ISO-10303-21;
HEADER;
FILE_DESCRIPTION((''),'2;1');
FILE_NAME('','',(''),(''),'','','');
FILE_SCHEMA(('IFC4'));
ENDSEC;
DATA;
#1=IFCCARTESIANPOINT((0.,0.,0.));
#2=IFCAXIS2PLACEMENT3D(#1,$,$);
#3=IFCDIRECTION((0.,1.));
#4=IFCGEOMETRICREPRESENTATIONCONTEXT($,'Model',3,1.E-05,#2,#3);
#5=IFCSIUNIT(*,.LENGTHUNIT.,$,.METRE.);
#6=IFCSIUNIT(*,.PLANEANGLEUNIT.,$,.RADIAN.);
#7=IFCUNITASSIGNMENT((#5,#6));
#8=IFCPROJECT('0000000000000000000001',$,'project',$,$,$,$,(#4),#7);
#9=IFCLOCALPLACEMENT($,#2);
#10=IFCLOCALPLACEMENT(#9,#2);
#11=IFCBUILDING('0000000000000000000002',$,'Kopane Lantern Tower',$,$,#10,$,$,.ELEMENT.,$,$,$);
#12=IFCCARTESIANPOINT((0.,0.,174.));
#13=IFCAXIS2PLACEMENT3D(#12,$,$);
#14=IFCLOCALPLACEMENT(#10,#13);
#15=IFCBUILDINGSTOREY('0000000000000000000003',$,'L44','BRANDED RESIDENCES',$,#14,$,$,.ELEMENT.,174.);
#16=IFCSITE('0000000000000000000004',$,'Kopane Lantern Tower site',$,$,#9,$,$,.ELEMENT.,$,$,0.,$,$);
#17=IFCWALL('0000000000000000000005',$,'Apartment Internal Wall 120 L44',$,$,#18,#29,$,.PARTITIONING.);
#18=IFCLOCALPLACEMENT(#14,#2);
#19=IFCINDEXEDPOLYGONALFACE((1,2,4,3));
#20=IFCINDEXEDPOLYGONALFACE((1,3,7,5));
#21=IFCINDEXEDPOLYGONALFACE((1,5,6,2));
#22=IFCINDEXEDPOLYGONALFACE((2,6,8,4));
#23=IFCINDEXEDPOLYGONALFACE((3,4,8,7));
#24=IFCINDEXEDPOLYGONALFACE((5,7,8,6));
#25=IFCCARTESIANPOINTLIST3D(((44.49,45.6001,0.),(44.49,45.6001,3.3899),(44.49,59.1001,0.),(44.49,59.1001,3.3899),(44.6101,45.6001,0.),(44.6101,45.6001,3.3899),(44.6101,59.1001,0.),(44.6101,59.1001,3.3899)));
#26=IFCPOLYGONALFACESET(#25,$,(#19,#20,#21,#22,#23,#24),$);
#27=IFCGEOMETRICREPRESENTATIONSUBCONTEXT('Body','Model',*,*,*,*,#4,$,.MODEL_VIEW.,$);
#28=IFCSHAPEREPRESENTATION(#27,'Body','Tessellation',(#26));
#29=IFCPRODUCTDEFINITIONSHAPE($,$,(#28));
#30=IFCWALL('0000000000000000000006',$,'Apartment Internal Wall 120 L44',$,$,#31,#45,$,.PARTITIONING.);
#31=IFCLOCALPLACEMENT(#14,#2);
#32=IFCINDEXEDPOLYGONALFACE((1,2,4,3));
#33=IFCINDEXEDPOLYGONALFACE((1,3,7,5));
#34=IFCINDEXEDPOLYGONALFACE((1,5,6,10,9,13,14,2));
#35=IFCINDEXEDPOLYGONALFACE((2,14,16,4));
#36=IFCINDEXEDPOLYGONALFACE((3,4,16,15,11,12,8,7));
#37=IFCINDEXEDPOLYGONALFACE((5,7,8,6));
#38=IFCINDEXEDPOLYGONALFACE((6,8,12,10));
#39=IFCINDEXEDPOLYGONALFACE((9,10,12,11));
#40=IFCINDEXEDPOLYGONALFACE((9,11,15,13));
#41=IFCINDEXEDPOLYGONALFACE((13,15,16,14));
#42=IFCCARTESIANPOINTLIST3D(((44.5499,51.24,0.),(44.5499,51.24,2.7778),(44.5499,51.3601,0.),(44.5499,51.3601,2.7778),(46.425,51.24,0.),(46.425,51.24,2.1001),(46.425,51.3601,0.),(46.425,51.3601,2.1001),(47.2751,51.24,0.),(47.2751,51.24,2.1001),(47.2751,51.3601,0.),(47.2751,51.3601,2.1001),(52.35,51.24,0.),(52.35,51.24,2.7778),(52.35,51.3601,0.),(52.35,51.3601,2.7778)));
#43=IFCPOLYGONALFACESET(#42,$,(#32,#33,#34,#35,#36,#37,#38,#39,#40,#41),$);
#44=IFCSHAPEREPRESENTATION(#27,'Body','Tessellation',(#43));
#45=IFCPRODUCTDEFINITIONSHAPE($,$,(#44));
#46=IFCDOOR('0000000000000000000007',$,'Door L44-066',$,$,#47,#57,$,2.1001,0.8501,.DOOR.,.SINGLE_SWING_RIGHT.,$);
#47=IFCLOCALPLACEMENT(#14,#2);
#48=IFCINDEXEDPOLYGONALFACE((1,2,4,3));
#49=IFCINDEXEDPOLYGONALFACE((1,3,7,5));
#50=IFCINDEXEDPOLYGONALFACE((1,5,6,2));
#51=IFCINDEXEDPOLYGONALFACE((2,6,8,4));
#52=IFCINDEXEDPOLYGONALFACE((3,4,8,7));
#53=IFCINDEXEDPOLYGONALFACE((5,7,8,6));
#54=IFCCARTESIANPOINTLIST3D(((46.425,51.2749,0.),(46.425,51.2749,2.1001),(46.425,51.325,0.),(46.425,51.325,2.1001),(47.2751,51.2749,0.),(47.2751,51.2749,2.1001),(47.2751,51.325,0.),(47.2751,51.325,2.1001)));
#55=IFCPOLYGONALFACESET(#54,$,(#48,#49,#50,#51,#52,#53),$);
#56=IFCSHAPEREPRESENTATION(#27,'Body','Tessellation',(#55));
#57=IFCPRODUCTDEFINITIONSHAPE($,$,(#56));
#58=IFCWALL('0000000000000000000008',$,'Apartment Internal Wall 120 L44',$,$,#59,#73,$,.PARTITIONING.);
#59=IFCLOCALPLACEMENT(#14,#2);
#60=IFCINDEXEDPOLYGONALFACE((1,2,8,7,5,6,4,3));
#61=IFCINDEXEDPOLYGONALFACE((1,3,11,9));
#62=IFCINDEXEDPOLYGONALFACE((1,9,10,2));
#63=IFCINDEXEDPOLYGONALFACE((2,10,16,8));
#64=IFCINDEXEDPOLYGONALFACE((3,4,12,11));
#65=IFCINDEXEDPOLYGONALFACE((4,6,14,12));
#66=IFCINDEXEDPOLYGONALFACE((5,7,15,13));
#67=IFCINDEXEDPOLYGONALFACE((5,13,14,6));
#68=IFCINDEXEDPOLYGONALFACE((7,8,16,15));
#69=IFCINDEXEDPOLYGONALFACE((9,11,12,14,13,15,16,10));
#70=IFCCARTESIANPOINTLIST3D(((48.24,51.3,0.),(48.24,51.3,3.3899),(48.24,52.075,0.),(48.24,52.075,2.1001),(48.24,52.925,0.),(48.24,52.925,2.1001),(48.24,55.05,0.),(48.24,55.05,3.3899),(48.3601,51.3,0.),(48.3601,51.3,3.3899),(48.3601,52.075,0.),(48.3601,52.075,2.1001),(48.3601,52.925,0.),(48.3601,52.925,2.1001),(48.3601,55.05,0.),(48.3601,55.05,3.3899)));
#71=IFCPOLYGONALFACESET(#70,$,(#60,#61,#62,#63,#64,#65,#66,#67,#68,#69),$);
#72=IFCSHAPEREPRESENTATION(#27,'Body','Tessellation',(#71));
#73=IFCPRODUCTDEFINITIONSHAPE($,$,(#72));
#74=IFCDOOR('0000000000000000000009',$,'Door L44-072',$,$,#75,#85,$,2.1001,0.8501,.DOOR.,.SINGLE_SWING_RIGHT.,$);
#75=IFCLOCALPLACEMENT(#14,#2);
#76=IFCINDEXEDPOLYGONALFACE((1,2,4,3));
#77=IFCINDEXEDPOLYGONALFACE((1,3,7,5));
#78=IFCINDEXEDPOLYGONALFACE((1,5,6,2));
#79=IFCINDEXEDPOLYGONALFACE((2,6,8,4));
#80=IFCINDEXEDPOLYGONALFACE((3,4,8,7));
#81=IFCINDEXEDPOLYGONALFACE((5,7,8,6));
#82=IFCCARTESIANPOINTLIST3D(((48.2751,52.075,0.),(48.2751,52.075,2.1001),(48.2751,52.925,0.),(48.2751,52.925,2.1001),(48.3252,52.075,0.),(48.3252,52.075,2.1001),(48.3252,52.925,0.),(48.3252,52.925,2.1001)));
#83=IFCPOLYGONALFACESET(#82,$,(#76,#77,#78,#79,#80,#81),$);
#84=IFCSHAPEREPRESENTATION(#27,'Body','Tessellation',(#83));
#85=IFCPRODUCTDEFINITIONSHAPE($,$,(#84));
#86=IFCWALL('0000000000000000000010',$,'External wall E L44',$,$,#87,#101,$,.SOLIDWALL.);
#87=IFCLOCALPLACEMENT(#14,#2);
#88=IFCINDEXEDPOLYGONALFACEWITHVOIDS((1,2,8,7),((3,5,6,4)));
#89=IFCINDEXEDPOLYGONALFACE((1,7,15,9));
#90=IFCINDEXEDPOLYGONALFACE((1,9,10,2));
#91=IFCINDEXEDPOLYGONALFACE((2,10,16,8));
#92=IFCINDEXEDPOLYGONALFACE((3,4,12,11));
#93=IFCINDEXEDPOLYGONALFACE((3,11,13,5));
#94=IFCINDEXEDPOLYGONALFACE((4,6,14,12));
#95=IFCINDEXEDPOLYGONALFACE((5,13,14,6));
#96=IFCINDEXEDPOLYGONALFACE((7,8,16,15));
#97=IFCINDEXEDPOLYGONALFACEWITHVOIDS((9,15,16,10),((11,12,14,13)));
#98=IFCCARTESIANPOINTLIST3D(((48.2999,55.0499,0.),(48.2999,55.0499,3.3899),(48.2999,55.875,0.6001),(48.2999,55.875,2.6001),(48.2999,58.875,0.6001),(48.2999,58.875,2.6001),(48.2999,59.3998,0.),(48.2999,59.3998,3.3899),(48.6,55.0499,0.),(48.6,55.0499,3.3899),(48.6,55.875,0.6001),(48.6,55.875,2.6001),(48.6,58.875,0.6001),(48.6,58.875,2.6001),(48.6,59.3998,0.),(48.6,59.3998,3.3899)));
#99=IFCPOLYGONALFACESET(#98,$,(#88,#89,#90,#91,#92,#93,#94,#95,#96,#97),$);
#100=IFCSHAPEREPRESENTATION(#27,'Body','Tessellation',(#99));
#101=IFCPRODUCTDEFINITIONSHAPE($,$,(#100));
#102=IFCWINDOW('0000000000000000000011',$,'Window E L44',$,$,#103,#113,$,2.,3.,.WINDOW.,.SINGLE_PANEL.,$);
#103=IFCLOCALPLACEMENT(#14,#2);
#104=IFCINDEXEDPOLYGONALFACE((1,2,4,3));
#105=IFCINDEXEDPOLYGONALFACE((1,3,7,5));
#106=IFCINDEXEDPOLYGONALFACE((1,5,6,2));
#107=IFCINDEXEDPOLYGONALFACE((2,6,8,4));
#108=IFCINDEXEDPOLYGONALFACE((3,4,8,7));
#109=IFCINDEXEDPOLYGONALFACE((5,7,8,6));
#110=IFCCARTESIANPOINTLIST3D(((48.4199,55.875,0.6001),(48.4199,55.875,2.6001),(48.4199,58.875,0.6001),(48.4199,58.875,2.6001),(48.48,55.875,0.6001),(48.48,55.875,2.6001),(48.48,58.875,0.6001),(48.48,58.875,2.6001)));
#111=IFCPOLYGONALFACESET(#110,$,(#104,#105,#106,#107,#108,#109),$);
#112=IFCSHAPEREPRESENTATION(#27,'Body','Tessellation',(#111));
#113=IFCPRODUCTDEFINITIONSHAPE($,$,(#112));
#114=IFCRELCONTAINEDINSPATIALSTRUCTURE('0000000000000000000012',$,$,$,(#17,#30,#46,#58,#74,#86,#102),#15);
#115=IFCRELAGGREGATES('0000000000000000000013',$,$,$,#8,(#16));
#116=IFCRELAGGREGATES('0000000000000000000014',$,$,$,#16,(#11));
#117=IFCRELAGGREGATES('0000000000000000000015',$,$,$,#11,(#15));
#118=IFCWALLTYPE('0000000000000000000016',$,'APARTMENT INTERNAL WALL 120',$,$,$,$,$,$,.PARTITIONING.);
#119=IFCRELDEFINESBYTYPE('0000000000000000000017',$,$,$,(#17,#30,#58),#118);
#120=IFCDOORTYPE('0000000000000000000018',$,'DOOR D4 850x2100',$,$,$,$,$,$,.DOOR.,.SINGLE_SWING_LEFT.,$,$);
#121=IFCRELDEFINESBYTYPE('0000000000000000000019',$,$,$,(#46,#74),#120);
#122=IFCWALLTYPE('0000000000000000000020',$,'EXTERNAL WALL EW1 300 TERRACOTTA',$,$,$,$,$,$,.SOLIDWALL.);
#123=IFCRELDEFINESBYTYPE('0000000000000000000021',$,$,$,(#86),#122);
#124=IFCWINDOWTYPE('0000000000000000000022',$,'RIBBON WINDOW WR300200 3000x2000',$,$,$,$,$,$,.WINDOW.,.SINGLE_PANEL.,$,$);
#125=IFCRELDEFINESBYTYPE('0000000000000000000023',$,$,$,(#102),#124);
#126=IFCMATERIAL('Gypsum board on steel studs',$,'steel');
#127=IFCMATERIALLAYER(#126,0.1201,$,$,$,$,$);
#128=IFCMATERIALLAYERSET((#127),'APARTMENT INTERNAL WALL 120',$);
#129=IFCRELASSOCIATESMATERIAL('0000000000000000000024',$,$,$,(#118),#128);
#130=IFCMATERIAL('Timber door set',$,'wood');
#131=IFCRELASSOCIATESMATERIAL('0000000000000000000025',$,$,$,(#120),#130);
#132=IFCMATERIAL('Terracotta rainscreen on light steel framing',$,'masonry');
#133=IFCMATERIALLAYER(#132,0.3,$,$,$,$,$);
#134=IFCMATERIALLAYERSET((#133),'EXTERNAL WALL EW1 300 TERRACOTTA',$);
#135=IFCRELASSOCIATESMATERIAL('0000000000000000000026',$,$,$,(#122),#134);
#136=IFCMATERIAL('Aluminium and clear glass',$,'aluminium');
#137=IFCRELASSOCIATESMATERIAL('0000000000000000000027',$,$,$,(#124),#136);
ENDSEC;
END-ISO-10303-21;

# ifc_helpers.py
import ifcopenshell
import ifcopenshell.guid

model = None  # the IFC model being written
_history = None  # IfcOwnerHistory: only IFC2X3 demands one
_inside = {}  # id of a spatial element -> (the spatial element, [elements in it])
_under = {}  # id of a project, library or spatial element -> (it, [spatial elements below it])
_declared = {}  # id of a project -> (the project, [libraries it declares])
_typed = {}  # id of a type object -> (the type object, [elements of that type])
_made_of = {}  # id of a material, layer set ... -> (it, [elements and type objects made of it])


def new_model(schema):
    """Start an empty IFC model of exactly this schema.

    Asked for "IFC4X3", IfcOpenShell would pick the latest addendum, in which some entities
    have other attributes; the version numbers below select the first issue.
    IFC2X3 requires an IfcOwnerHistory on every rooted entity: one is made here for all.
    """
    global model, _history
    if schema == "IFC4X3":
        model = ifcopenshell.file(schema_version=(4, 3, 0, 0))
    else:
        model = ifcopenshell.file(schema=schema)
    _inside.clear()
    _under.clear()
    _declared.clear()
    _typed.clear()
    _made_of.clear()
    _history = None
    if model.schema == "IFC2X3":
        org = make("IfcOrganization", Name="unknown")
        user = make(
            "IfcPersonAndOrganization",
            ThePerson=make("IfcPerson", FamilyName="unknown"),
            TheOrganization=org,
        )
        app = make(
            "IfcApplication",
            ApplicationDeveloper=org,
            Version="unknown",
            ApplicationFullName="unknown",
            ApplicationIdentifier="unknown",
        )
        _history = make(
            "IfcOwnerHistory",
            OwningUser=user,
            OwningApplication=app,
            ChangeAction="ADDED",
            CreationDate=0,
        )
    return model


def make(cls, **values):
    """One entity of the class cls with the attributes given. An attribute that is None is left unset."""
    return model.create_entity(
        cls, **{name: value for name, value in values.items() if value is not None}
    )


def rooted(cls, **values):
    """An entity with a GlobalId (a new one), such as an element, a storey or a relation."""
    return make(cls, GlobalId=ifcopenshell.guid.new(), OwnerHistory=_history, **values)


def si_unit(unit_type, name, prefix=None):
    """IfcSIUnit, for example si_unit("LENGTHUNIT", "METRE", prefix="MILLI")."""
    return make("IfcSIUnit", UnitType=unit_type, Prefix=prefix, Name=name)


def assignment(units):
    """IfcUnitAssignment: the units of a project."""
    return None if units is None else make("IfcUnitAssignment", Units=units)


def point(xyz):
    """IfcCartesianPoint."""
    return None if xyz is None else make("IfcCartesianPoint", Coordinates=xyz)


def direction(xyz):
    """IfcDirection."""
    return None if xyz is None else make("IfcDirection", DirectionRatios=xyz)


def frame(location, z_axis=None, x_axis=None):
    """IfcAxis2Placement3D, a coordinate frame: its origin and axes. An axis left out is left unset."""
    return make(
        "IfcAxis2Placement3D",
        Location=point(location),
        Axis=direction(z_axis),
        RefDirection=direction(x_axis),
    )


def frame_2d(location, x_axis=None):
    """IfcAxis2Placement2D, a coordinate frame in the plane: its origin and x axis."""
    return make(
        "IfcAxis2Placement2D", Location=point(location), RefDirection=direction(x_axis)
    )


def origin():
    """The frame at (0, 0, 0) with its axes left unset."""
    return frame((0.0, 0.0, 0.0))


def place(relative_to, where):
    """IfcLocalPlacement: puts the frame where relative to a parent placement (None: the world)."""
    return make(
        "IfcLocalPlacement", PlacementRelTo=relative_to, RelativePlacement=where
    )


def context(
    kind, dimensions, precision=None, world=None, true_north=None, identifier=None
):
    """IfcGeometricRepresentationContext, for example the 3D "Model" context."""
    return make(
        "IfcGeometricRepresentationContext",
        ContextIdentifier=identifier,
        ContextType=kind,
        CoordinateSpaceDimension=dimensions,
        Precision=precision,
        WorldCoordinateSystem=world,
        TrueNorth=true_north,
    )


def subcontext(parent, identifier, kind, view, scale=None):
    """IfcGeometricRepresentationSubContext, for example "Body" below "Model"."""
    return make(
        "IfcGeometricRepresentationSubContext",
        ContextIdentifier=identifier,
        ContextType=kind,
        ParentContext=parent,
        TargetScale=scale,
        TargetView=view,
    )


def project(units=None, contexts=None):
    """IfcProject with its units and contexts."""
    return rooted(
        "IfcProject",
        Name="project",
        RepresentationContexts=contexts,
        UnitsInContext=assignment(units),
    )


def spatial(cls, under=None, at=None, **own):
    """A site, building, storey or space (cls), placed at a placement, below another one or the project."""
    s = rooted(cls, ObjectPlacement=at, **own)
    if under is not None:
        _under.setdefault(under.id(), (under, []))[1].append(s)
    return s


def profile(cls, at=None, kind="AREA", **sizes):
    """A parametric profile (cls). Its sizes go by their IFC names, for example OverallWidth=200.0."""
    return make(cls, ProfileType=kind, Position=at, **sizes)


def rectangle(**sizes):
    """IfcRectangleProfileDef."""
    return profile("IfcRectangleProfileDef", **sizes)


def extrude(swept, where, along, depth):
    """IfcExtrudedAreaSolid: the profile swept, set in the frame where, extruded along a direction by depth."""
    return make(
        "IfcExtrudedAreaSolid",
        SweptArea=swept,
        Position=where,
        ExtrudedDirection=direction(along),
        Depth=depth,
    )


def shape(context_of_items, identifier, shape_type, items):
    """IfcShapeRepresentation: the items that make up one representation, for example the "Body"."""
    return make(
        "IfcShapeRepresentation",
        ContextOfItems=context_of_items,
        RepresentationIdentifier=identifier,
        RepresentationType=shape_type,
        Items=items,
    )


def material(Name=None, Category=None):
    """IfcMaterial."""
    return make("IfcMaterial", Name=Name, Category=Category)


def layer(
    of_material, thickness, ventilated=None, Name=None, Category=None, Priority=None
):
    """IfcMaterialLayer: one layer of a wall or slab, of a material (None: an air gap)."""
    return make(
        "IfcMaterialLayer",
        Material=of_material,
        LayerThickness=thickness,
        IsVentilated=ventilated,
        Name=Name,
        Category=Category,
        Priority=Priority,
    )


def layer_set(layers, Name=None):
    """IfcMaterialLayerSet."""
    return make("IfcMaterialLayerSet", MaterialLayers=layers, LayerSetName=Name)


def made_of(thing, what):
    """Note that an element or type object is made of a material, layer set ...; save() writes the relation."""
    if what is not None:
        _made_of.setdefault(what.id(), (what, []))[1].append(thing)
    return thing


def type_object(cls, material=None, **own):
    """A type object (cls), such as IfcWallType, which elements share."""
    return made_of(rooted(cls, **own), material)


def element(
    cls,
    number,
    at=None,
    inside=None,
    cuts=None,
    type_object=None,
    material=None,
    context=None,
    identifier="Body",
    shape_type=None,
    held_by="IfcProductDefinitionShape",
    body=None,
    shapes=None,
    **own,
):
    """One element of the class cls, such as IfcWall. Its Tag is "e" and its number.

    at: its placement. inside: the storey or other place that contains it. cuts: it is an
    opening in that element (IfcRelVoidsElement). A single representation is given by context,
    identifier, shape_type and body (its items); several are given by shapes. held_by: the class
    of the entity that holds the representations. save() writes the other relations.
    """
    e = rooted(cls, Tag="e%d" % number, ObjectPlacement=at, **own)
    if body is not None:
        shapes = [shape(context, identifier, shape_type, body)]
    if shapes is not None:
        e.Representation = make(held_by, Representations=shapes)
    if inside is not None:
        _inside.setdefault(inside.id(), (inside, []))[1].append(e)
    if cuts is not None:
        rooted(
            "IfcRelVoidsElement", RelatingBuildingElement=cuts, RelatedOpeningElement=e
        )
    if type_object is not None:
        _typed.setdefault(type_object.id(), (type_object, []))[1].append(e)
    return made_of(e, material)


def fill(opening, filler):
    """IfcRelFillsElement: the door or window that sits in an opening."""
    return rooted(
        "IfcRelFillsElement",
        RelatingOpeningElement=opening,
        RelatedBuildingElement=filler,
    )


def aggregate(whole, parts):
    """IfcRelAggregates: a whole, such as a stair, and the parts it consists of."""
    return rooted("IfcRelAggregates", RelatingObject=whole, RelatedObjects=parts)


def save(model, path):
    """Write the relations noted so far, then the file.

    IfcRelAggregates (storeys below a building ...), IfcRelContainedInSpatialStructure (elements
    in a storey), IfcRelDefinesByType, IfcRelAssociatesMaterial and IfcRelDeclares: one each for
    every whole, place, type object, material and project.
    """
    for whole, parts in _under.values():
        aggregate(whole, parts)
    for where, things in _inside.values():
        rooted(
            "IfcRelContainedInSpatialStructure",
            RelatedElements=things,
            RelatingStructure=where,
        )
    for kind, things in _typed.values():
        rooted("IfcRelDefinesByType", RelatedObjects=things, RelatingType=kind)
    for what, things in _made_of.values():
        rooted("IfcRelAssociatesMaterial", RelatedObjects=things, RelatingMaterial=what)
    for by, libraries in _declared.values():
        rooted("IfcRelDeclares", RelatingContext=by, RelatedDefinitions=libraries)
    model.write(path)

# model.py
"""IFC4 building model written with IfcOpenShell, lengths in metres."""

from ifc_helpers import new_model, si_unit, direction, frame, frame_2d, origin, place, context, subcontext, project, spatial, rectangle, extrude, material, layer, layer_set, type_object, element, fill, save


model = new_model("IFC4")

# Units and contexts
model_context = context("Model", 3, precision=1e-05, world=origin(), true_north=direction((0.0, 1.0)))
body_context = subcontext(model_context, "Body", "Model", "MODEL_VIEW")
ifc_project = project(units=[si_unit("LENGTHUNIT", "METRE"), si_unit("PLANEANGLEUNIT", "RADIAN")], contexts=[model_context])

# Site, building, storey
site_placement = place(None, origin())
site = spatial("IfcSite", under=ifc_project, at=site_placement, Name="Kopane Lantern Tower site", CompositionType="ELEMENT", RefElevation=0.0)
building_placement = place(site_placement, origin())
building = spatial("IfcBuilding", under=site, at=building_placement, Name="Kopane Lantern Tower", CompositionType="ELEMENT")
storey_placement = place(building_placement, frame((0.0, 0.0, 174.0)))
storey = spatial("IfcBuildingStorey", under=building, at=storey_placement, Name="L44", Description="BRANDED RESIDENCES", CompositionType="ELEMENT", Elevation=174.0)

# Wall
ifc_material_1 = material(Name="Gypsum board on steel studs", Category="steel")
ifc_layer_1 = layer(ifc_material_1, 0.1201)
ifc_layer_set_1 = layer_set([ifc_layer_1], Name="APARTMENT INTERNAL WALL 120")
wall_type_1 = type_object("IfcWallType", Name="APARTMENT INTERNAL WALL 120", PredefinedType="PARTITIONING", material=ifc_layer_set_1)
wall_1_placement = place(storey_placement, frame((44.55, 45.6001, 0.0), z_axis=(0.0, 0.0, 1.0), x_axis=(0.0, 1.0, 0.0)))
element("IfcWall", 1, at=wall_1_placement, inside=storey, type_object=wall_type_1, Name="Apartment Internal Wall 120 L44", PredefinedType="PARTITIONING", context=body_context, shape_type="SweptSolid", body=[
    extrude(rectangle(XDim=13.5, YDim=0.1201, at=frame_2d((6.75, 0.0))), origin(), (0.0, 0.0, 1.0), 3.3899),
])

# Walls, openings, doors
wall_2_placement = place(storey_placement, frame((44.55, 51.3, 0.0), z_axis=(0.0, 0.0, 1.0), x_axis=(1.0, 0.0, 0.0)))
wall_2 = element("IfcWall", 2, at=wall_2_placement, inside=storey, type_object=wall_type_1, Name="Apartment Internal Wall 120 L44", PredefinedType="PARTITIONING", context=body_context, shape_type="SweptSolid", body=[
    extrude(rectangle(XDim=7.8, YDim=0.1201, at=frame_2d((3.8999, 0.0))), origin(), (0.0, 0.0, 1.0), 2.7778),
])
opening_1_placement = place(wall_2_placement, frame((1.875, 0.0, 0.0)))
opening_1 = element("IfcOpeningElement", 3, at=opening_1_placement, cuts=wall_2, PredefinedType="OPENING", context=body_context, shape_type="SweptSolid", body=[
    extrude(rectangle(XDim=0.8501, YDim=2.1001, at=frame_2d((0.425, 1.05))), frame((0.0, 0.0701, 0.0), z_axis=(0.0, -1.0, 0.0), x_axis=(1.0, 0.0, 0.0)), (0.0, 0.0, 1.0), 0.1401),
])
ifc_material_2 = material(Name="Timber door set", Category="wood")
door_type = type_object("IfcDoorType", Name="DOOR D4 850x2100", OperationType="SINGLE_SWING_LEFT", PredefinedType="DOOR", material=ifc_material_2)
door_1_placement = place(opening_1_placement, origin())
door_1 = element("IfcDoor", 4, at=door_1_placement, inside=storey, type_object=door_type, Name="Door L44-066", OperationType="SINGLE_SWING_RIGHT", OverallHeight=2.1001, OverallWidth=0.8501, PredefinedType="DOOR", context=body_context, shape_type="SweptSolid", body=[
    extrude(rectangle(XDim=0.8501, YDim=2.1001, at=frame_2d((0.425, 1.05))), frame((0.0, 0.0249, 0.0), z_axis=(0.0, -1.0, 0.0), x_axis=(1.0, 0.0, 0.0)), (0.0, 0.0, 1.0), 0.05),
])
fill(opening_1, door_1)
wall_3_placement = place(storey_placement, frame((48.3, 51.3, 0.0), z_axis=(0.0, 0.0, 1.0), x_axis=(0.0, 1.0, 0.0)))
wall_3 = element("IfcWall", 5, at=wall_3_placement, inside=storey, type_object=wall_type_1, Name="Apartment Internal Wall 120 L44", PredefinedType="PARTITIONING", context=body_context, shape_type="SweptSolid", body=[
    extrude(rectangle(XDim=3.75, YDim=0.1201, at=frame_2d((1.875, 0.0))), origin(), (0.0, 0.0, 1.0), 3.3899),
])
opening_2_placement = place(wall_3_placement, frame((0.7749, 0.0, 0.0)))
opening_2 = element("IfcOpeningElement", 6, at=opening_2_placement, cuts=wall_3, PredefinedType="OPENING", context=body_context, shape_type="SweptSolid", body=[
    extrude(rectangle(XDim=0.8501, YDim=2.1001, at=frame_2d((0.425, 1.05))), frame((0.0, 0.0701, 0.0), z_axis=(0.0, -1.0, 0.0), x_axis=(1.0, 0.0, 0.0)), (0.0, 0.0, 1.0), 0.1401),
])
door_2_placement = place(opening_2_placement, origin())
door_2 = element("IfcDoor", 7, at=door_2_placement, inside=storey, type_object=door_type, Name="Door L44-072", OperationType="SINGLE_SWING_RIGHT", OverallHeight=2.1001, OverallWidth=0.8501, PredefinedType="DOOR", context=body_context, shape_type="SweptSolid", body=[
    extrude(rectangle(XDim=0.8501, YDim=2.1001, at=frame_2d((0.425, 1.05))), frame((0.0, 0.0249, 0.0), z_axis=(0.0, -1.0, 0.0), x_axis=(1.0, 0.0, 0.0)), (0.0, 0.0, 1.0), 0.05),
])
fill(opening_2, door_2)

# Wall, opening, window
ifc_material_3 = material(Name="Terracotta rainscreen on light steel framing", Category="masonry")
ifc_layer_2 = layer(ifc_material_3, 0.3)
ifc_layer_set_2 = layer_set([ifc_layer_2], Name="EXTERNAL WALL EW1 300 TERRACOTTA")
wall_type_2 = type_object("IfcWallType", Name="EXTERNAL WALL EW1 300 TERRACOTTA", PredefinedType="SOLIDWALL", material=ifc_layer_set_2)
wall_4_placement = place(storey_placement, frame((48.45, 55.05, 0.0), z_axis=(0.0, 0.0, 1.0), x_axis=(0.0, 1.0, 0.0)))
wall_4 = element("IfcWall", 8, at=wall_4_placement, inside=storey, type_object=wall_type_2, Name="External wall E L44", PredefinedType="SOLIDWALL", context=body_context, shape_type="SweptSolid", body=[
    extrude(rectangle(XDim=4.3499, YDim=0.3, at=frame_2d((2.1748, 0.0))), origin(), (0.0, 0.0, 1.0), 3.3899),
])
opening_3_placement = place(wall_4_placement, frame((0.825, 0.0, 0.6001)))
opening_3 = element("IfcOpeningElement", 9, at=opening_3_placement, cuts=wall_4, PredefinedType="OPENING", context=body_context, shape_type="SweptSolid", body=[
    extrude(rectangle(XDim=3.0, YDim=2.0, at=frame_2d((1.5, 1.0))), frame((0.0, 0.1599, 0.0), z_axis=(0.0, -1.0, 0.0), x_axis=(1.0, 0.0, 0.0)), (0.0, 0.0, 1.0), 0.3201),
])
ifc_material_4 = material(Name="Aluminium and clear glass", Category="aluminium")
window_type_1 = type_object("IfcWindowType", Name="RIBBON WINDOW WR300200 3000x2000", PartitioningType="SINGLE_PANEL", PredefinedType="WINDOW", material=ifc_material_4)
window_1_placement = place(opening_3_placement, origin())
window_1 = element("IfcWindow", 10, at=window_1_placement, inside=storey, type_object=window_type_1, Name="Window E L44", OverallHeight=2.0, OverallWidth=3.0, PartitioningType="SINGLE_PANEL", PredefinedType="WINDOW", context=body_context, shape_type="SweptSolid", body=[
    extrude(rectangle(XDim=3.0, YDim=2.0, at=frame_2d((1.5, 1.0))), frame((0.0, 0.03, 0.0), z_axis=(0.0, -1.0, 0.0), x_axis=(1.0, 0.0, 0.0)), (0.0, 0.0, 1.0), 0.0601),
])
fill(opening_3, window_1)

save(model, "model.ifc")
